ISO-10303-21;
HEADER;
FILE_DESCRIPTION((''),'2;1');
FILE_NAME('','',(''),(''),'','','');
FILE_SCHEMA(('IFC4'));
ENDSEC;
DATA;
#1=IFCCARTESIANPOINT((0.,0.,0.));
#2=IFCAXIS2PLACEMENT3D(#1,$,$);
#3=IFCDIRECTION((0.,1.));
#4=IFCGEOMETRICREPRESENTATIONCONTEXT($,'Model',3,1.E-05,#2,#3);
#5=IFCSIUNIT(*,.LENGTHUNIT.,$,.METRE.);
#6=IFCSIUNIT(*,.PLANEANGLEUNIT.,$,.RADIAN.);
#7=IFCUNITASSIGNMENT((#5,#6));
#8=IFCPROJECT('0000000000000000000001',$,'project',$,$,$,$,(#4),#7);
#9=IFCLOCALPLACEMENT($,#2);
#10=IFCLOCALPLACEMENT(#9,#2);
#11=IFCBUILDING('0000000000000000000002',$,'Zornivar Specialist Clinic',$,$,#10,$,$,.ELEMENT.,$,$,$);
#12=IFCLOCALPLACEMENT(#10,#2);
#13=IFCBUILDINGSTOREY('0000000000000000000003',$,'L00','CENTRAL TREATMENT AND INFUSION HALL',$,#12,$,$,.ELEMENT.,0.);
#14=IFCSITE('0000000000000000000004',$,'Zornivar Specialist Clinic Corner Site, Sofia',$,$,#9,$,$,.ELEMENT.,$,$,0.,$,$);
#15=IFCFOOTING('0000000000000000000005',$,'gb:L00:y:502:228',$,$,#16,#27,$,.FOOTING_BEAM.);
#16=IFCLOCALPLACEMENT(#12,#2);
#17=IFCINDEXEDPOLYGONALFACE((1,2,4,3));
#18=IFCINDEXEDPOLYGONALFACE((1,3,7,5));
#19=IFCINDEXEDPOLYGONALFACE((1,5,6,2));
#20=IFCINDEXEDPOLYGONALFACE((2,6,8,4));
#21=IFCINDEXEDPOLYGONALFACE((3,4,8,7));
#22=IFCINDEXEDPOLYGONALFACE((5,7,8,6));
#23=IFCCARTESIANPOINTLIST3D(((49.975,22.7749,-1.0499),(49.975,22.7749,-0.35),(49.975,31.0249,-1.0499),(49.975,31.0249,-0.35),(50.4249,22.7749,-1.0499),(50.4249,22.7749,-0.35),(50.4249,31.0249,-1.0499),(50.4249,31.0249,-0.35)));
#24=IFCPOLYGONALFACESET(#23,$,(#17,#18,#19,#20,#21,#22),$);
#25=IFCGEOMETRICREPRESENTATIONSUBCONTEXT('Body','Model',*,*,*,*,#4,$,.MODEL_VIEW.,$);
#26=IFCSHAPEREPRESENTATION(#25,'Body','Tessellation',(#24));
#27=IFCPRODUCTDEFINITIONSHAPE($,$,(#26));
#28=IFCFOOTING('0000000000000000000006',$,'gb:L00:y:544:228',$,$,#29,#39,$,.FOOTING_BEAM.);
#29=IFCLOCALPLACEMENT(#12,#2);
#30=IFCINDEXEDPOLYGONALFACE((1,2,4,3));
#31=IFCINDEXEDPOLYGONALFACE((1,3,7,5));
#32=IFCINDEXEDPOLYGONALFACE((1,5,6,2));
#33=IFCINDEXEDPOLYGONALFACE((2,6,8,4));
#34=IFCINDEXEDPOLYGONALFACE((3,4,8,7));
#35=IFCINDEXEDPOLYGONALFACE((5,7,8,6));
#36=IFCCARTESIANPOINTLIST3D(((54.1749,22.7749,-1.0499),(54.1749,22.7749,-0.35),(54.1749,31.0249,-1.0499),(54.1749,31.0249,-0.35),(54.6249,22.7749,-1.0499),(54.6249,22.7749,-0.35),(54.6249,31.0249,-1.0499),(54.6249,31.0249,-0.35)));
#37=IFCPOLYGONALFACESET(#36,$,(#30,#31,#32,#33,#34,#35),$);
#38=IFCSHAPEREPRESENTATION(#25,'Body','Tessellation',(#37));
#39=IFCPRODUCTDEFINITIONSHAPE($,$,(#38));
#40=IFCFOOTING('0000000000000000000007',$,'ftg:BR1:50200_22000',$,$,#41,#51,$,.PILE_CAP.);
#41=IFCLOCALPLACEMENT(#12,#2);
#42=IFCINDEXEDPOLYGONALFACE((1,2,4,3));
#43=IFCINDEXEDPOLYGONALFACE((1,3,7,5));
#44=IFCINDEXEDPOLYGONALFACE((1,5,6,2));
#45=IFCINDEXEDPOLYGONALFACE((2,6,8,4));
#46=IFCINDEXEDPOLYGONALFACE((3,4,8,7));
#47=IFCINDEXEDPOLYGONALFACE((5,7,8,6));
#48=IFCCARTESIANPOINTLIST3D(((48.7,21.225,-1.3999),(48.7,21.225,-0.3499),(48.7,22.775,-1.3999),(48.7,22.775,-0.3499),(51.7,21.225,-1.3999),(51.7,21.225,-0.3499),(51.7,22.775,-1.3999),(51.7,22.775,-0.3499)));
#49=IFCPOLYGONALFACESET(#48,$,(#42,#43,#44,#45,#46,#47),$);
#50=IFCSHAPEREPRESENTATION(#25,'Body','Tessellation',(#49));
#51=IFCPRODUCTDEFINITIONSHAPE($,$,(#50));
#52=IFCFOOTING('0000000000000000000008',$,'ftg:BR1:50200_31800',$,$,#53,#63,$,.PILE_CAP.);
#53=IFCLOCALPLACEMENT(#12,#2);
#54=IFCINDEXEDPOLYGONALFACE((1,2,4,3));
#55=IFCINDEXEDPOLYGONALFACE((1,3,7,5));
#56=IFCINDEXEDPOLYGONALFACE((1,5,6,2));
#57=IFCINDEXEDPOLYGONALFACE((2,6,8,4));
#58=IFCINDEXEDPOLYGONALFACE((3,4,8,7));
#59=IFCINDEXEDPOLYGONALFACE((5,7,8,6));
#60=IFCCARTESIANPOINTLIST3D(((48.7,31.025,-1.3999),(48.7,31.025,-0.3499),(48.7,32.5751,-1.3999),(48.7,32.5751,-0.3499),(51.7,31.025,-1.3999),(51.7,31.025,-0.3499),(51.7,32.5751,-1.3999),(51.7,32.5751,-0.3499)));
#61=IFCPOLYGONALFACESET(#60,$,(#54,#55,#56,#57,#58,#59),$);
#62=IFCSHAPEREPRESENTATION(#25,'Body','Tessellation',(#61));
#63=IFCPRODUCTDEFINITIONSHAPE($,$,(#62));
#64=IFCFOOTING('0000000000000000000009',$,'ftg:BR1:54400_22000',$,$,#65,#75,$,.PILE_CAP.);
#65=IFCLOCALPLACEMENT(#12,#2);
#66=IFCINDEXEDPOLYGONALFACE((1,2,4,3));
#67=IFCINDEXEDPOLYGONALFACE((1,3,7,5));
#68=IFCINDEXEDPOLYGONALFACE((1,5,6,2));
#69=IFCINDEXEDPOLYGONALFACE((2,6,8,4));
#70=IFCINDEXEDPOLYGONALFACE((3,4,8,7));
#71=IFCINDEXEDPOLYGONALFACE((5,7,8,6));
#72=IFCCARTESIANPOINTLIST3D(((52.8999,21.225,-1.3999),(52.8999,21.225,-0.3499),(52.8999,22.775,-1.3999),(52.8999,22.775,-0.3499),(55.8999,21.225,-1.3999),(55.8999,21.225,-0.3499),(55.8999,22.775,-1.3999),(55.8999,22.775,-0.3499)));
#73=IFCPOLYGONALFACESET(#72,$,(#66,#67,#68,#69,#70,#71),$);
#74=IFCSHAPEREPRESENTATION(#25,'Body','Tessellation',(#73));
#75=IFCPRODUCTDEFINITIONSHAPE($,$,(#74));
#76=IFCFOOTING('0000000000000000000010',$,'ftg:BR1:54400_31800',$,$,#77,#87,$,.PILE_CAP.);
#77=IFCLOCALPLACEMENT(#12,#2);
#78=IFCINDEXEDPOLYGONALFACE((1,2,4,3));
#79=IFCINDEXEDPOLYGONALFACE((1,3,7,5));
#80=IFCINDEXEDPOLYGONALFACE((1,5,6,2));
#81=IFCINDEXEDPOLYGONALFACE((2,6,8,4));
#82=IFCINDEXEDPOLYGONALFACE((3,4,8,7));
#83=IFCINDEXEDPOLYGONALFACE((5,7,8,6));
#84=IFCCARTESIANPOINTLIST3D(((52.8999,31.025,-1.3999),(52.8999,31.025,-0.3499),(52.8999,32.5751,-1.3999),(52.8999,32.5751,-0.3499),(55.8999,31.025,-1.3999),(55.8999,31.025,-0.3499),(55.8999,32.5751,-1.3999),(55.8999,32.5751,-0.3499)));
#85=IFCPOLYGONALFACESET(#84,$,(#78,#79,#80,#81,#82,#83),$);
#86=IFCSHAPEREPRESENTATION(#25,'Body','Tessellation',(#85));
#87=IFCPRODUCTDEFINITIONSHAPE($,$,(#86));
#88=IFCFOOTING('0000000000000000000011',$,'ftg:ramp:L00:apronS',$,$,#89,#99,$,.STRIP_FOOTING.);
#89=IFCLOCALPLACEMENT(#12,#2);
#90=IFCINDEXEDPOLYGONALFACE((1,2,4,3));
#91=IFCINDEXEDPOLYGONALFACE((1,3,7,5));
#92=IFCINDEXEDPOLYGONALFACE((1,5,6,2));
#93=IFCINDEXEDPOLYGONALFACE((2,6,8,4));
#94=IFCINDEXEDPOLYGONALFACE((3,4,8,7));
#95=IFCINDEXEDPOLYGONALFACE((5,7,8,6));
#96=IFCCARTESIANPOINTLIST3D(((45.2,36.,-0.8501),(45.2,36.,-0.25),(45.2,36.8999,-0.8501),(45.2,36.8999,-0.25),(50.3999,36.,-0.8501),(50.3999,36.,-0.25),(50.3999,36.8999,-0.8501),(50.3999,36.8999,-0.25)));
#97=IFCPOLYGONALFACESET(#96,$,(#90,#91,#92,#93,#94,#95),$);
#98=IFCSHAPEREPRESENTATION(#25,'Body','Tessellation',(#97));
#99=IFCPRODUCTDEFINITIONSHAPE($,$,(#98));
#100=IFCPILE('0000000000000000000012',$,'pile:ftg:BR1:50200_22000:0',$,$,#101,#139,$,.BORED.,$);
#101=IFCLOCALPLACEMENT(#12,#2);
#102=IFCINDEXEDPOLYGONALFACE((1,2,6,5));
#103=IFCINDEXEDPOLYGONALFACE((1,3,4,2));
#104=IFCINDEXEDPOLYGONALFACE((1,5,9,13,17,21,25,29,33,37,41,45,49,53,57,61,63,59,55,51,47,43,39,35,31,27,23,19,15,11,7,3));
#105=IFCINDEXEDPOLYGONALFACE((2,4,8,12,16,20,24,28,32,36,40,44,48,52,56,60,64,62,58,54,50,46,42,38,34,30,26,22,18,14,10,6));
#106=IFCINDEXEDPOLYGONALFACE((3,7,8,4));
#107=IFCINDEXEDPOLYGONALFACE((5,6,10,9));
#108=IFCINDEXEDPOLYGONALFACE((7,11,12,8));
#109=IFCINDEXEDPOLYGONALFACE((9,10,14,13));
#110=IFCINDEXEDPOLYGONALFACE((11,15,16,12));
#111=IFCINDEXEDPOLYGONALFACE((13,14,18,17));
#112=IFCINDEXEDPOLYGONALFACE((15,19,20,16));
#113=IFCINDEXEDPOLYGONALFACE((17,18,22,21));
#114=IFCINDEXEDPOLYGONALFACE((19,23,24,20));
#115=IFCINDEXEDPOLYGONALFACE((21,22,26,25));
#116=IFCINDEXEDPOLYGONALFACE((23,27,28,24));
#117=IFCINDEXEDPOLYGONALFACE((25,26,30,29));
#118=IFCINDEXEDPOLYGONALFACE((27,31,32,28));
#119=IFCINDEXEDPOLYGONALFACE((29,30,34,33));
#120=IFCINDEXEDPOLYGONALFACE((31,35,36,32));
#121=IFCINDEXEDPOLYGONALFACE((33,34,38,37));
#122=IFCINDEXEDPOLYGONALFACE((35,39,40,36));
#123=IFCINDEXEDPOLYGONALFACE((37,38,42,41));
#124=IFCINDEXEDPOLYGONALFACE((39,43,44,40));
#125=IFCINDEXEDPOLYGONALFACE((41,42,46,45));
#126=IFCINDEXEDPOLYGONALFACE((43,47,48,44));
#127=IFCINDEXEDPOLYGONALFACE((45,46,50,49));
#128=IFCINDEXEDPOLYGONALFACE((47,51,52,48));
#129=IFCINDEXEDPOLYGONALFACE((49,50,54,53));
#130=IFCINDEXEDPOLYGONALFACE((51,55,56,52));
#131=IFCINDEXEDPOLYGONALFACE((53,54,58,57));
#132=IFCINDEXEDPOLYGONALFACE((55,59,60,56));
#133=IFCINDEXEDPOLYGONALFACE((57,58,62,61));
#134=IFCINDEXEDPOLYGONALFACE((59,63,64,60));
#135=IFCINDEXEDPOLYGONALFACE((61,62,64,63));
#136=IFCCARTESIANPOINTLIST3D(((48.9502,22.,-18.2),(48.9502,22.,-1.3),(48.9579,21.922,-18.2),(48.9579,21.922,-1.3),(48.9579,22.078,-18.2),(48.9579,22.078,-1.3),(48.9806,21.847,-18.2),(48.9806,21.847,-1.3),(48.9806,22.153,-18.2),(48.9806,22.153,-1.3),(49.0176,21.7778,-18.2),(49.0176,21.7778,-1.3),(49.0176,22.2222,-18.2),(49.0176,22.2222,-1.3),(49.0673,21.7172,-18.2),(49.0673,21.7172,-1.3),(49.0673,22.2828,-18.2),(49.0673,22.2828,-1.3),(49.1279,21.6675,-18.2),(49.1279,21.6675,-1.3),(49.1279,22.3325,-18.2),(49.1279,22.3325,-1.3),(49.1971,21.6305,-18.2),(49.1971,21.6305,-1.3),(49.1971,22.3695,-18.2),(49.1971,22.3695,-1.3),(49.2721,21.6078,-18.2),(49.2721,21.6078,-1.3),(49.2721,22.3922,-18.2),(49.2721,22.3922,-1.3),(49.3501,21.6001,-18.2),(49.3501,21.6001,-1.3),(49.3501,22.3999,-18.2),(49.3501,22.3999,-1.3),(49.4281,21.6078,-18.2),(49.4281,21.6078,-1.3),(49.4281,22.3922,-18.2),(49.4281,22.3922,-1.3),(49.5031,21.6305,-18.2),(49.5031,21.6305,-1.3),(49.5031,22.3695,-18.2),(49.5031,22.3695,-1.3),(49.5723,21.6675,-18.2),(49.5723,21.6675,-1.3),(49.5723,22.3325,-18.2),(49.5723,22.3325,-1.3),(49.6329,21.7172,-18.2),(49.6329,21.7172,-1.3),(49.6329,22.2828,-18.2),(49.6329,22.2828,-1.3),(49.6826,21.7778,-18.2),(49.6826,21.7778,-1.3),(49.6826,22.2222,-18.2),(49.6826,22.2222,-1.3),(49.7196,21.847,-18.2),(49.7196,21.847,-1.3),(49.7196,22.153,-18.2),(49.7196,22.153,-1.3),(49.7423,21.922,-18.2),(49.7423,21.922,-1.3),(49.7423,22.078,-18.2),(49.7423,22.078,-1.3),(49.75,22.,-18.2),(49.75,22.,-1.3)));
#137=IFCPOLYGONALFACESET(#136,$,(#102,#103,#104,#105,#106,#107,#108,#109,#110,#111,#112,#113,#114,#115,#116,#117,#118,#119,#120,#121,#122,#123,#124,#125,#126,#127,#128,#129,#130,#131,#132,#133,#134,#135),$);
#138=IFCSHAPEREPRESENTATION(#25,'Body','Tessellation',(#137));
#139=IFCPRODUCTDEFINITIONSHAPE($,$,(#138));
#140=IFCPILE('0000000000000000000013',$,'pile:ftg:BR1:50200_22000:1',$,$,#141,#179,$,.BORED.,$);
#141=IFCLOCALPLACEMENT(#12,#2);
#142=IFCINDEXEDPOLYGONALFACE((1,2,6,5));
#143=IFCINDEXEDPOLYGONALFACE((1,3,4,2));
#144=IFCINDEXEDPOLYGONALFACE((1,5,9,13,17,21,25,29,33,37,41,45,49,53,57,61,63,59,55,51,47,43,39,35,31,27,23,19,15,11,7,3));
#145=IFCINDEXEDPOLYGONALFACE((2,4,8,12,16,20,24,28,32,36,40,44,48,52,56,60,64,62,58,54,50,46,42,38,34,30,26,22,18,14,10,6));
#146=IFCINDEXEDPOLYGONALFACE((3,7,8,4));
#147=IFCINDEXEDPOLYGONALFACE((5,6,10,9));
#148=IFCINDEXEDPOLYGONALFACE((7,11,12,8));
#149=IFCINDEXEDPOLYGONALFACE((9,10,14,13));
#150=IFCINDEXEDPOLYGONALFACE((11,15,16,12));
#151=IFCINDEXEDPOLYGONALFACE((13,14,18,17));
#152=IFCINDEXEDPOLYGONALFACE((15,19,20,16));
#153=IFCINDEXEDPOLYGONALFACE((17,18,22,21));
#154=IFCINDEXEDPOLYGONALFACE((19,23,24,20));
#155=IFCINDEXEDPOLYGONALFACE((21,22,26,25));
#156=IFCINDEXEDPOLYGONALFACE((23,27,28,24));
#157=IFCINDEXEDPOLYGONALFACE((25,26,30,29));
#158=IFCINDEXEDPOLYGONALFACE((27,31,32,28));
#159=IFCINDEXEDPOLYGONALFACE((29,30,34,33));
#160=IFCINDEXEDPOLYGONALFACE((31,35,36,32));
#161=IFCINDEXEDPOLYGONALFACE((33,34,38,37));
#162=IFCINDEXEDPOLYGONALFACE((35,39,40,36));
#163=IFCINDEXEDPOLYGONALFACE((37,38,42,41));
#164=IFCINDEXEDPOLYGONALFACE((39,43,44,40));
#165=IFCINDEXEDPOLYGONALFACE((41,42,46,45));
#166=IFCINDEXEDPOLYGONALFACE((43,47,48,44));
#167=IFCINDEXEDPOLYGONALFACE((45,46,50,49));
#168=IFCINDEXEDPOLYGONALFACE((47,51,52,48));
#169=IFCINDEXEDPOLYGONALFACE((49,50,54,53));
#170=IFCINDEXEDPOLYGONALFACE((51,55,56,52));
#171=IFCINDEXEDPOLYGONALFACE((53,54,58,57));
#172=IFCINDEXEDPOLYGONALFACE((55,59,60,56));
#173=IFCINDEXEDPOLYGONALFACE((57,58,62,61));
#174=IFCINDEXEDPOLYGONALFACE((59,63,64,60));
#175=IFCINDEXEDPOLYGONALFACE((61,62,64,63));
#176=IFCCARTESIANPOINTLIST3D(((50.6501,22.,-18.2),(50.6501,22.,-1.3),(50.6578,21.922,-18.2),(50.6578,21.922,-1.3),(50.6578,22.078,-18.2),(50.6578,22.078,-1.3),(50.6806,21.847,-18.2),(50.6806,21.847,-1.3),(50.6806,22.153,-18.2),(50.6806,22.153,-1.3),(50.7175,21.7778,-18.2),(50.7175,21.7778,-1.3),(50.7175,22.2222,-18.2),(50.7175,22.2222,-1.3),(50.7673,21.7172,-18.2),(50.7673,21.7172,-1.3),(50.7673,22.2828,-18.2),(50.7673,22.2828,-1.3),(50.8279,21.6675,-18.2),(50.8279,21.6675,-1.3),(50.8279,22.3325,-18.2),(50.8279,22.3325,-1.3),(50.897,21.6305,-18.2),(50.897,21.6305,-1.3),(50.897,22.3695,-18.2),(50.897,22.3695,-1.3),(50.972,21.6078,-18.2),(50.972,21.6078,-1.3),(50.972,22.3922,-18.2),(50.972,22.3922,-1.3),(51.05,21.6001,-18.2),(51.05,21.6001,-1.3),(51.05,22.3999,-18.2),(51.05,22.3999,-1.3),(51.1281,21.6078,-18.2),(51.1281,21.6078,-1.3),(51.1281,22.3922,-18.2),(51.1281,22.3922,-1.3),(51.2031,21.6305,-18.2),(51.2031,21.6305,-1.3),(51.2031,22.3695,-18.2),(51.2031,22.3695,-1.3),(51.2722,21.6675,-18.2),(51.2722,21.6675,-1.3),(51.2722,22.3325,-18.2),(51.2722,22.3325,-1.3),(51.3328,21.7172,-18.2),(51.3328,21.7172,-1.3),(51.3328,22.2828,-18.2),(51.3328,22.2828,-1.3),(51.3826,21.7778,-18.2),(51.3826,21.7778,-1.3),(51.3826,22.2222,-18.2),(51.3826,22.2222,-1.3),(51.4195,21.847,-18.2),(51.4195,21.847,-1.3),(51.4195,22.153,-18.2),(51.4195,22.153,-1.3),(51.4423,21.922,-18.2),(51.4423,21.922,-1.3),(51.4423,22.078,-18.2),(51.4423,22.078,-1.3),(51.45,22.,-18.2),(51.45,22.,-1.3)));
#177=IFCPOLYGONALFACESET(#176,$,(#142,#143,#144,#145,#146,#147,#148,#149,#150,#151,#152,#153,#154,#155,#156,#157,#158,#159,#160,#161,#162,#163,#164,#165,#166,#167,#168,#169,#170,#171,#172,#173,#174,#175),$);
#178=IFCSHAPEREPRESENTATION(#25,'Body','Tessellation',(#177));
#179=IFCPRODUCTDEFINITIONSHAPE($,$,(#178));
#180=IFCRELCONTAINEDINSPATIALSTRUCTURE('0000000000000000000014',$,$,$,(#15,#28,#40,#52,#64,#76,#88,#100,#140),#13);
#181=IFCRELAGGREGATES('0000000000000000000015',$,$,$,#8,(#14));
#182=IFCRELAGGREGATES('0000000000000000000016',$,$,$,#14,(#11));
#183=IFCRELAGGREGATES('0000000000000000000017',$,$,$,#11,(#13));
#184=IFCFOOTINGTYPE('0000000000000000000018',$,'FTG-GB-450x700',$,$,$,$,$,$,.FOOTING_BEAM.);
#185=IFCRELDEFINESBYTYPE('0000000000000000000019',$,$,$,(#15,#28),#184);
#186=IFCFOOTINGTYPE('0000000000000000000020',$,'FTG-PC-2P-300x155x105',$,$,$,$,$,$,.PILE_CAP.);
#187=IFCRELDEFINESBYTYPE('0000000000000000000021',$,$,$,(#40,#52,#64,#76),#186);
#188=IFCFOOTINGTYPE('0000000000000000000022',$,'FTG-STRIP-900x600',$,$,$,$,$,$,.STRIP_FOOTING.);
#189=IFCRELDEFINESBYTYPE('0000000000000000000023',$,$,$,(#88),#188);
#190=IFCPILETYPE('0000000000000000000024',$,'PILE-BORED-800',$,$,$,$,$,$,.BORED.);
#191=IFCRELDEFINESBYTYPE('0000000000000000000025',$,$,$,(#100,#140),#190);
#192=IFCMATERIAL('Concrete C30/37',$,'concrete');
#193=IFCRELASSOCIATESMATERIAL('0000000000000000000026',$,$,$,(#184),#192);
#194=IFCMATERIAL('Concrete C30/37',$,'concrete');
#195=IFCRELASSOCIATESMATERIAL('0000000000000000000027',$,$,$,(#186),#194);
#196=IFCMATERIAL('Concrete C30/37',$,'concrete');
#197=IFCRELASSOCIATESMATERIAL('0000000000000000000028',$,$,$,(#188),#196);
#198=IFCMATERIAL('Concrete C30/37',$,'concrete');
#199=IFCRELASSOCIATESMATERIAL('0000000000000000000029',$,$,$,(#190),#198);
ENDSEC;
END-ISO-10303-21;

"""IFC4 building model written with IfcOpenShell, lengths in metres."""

from ifc_helpers import new_model, si_unit, direction, frame, origin, origin_2d, place, context, subcontext, project, spatial, rectangle, circle, extrude, material, material_profile, profile_set, type_object, element, save


model = new_model("IFC4")

# Units and contexts
model_context = context("Model", 3, precision=1e-05, world=origin(), true_north=direction((0.0, 1.0)))
body_context = subcontext(model_context, "Body", "Model", "MODEL_VIEW")
ifc_project = project(units=[si_unit("LENGTHUNIT", "METRE"), si_unit("PLANEANGLEUNIT", "RADIAN")], contexts=[model_context])

# Site, building, storey
site_placement = place(None, origin())
site = spatial("IfcSite", under=ifc_project, at=site_placement, Name="Zornivar Specialist Clinic Corner Site, Sofia", CompositionType="ELEMENT", RefElevation=0.0)
building_placement = place(site_placement, origin())
building = spatial("IfcBuilding", under=site, at=building_placement, Name="Zornivar Specialist Clinic", CompositionType="ELEMENT")
storey_placement = place(building_placement, origin())
storey = spatial("IfcBuildingStorey", under=building, at=storey_placement, Name="L00", Description="CENTRAL TREATMENT AND INFUSION HALL", CompositionType="ELEMENT", Elevation=0.0)

# Footings
ifc_material_1 = material(Name="Concrete C30/37", Category="concrete")
ifc_material_profile_1 = material_profile(ifc_material_1, rectangle(XDim=0.45, YDim=0.7, at=origin_2d()), Name="RC 450x700")
ifc_profile_set_1 = profile_set([ifc_material_profile_1], Name="Concrete C30/37")
footing_type_1 = type_object("IfcFootingType", Name="FTG-GB-450x700", PredefinedType="FOOTING_BEAM", material=ifc_profile_set_1)
for number, where, z_axis, x_axis, name in (
    (1, (50.2, 22.7749, -0.7), (0.0, 1.0, 0.0), (-1.0, 0.0, 0.0), "gb:L00:y:502:228"),
    (2, (54.3999, 22.7749, -0.7), (0.0, 1.0, 0.0), (-1.0, 0.0, 0.0), "gb:L00:y:544:228"),
):
    element("IfcFooting", number, at=place(storey_placement, frame(where, z_axis=z_axis, x_axis=x_axis)), inside=storey, type_object=footing_type_1, Name=name, PredefinedType="FOOTING_BEAM", context=body_context, shape_type="SweptSolid", body=[
        extrude(rectangle(XDim=0.45, YDim=0.7, at=origin_2d()), origin(), (0.0, 0.0, 1.0), 8.25),
    ])
ifc_material_2 = material(Name="Concrete C30/37", Category="concrete")
footing_type_2 = type_object("IfcFootingType", Name="FTG-PC-2P-300x155x105", PredefinedType="PILE_CAP", material=ifc_material_2)
for number, where, z_axis, x_axis, name in (
    (3, (50.2, 22.0, -1.3999), (0.0, 0.0, 1.0), (1.0, 0.0, 0.0), "ftg:BR1:50200_22000"),
    (4, (50.2, 31.8, -1.3999), (0.0, 0.0, 1.0), (1.0, 0.0, 0.0), "ftg:BR1:50200_31800"),
    (5, (54.3999, 22.0, -1.3999), (0.0, 0.0, 1.0), (1.0, 0.0, 0.0), "ftg:BR1:54400_22000"),
    (6, (54.3999, 31.8, -1.3999), (0.0, 0.0, 1.0), (1.0, 0.0, 0.0), "ftg:BR1:54400_31800"),
):
    element("IfcFooting", number, at=place(storey_placement, frame(where, z_axis=z_axis, x_axis=x_axis)), inside=storey, type_object=footing_type_2, Name=name, PredefinedType="PILE_CAP", context=body_context, shape_type="SweptSolid", body=[
        extrude(rectangle(XDim=3.0, YDim=1.55, at=origin_2d()), origin(), (0.0, 0.0, 1.0), 1.05),
    ])
ifc_material_3 = material(Name="Concrete C30/37", Category="concrete")
ifc_material_profile_2 = material_profile(ifc_material_3, rectangle(XDim=0.8999, YDim=0.6001, at=origin_2d()), Name="RC 900x600")
ifc_profile_set_2 = profile_set([ifc_material_profile_2], Name="Concrete C30/37")
footing_type_3 = type_object("IfcFootingType", Name="FTG-STRIP-900x600", PredefinedType="STRIP_FOOTING", material=ifc_profile_set_2)
footing_placement = place(storey_placement, frame((45.2, 36.45, -0.55), z_axis=(1.0, 0.0, 0.0), x_axis=(0.0, 1.0, 0.0)))
element("IfcFooting", 7, at=footing_placement, inside=storey, type_object=footing_type_3, Name="ftg:ramp:L00:apronS", PredefinedType="STRIP_FOOTING", context=body_context, shape_type="SweptSolid", body=[
    extrude(rectangle(XDim=0.8999, YDim=0.6001, at=origin_2d()), origin(), (0.0, 0.0, 1.0), 5.2),
])

# Piles
ifc_material_4 = material(Name="Concrete C30/37", Category="concrete")
ifc_material_profile_3 = material_profile(ifc_material_4, circle(Radius=0.3999, at=origin_2d()), Name="PILE D800")
ifc_profile_set_3 = profile_set([ifc_material_profile_3], Name="Concrete C30/37")
pile_type = type_object("IfcPileType", Name="PILE-BORED-800", PredefinedType="BORED", material=ifc_profile_set_3)
for number, where, z_axis, x_axis, name in (
    (8, (49.3501, 22.0, -1.3), (0.0, 0.0, -1.0), (1.0, 0.0, 0.0), "pile:ftg:BR1:50200_22000:0"),
    (9, (51.05, 22.0, -1.3), (0.0, 0.0, -1.0), (1.0, 0.0, 0.0), "pile:ftg:BR1:50200_22000:1"),
):
    element("IfcPile", number, at=place(storey_placement, frame(where, z_axis=z_axis, x_axis=x_axis)), inside=storey, type_object=pile_type, Name=name, PredefinedType="BORED", context=body_context, shape_type="SweptSolid", body=[
        extrude(circle(Radius=0.3999, at=origin_2d()), origin(), (0.0, 0.0, 1.0), 16.8999),
    ])

save(model, "model.ifc")
